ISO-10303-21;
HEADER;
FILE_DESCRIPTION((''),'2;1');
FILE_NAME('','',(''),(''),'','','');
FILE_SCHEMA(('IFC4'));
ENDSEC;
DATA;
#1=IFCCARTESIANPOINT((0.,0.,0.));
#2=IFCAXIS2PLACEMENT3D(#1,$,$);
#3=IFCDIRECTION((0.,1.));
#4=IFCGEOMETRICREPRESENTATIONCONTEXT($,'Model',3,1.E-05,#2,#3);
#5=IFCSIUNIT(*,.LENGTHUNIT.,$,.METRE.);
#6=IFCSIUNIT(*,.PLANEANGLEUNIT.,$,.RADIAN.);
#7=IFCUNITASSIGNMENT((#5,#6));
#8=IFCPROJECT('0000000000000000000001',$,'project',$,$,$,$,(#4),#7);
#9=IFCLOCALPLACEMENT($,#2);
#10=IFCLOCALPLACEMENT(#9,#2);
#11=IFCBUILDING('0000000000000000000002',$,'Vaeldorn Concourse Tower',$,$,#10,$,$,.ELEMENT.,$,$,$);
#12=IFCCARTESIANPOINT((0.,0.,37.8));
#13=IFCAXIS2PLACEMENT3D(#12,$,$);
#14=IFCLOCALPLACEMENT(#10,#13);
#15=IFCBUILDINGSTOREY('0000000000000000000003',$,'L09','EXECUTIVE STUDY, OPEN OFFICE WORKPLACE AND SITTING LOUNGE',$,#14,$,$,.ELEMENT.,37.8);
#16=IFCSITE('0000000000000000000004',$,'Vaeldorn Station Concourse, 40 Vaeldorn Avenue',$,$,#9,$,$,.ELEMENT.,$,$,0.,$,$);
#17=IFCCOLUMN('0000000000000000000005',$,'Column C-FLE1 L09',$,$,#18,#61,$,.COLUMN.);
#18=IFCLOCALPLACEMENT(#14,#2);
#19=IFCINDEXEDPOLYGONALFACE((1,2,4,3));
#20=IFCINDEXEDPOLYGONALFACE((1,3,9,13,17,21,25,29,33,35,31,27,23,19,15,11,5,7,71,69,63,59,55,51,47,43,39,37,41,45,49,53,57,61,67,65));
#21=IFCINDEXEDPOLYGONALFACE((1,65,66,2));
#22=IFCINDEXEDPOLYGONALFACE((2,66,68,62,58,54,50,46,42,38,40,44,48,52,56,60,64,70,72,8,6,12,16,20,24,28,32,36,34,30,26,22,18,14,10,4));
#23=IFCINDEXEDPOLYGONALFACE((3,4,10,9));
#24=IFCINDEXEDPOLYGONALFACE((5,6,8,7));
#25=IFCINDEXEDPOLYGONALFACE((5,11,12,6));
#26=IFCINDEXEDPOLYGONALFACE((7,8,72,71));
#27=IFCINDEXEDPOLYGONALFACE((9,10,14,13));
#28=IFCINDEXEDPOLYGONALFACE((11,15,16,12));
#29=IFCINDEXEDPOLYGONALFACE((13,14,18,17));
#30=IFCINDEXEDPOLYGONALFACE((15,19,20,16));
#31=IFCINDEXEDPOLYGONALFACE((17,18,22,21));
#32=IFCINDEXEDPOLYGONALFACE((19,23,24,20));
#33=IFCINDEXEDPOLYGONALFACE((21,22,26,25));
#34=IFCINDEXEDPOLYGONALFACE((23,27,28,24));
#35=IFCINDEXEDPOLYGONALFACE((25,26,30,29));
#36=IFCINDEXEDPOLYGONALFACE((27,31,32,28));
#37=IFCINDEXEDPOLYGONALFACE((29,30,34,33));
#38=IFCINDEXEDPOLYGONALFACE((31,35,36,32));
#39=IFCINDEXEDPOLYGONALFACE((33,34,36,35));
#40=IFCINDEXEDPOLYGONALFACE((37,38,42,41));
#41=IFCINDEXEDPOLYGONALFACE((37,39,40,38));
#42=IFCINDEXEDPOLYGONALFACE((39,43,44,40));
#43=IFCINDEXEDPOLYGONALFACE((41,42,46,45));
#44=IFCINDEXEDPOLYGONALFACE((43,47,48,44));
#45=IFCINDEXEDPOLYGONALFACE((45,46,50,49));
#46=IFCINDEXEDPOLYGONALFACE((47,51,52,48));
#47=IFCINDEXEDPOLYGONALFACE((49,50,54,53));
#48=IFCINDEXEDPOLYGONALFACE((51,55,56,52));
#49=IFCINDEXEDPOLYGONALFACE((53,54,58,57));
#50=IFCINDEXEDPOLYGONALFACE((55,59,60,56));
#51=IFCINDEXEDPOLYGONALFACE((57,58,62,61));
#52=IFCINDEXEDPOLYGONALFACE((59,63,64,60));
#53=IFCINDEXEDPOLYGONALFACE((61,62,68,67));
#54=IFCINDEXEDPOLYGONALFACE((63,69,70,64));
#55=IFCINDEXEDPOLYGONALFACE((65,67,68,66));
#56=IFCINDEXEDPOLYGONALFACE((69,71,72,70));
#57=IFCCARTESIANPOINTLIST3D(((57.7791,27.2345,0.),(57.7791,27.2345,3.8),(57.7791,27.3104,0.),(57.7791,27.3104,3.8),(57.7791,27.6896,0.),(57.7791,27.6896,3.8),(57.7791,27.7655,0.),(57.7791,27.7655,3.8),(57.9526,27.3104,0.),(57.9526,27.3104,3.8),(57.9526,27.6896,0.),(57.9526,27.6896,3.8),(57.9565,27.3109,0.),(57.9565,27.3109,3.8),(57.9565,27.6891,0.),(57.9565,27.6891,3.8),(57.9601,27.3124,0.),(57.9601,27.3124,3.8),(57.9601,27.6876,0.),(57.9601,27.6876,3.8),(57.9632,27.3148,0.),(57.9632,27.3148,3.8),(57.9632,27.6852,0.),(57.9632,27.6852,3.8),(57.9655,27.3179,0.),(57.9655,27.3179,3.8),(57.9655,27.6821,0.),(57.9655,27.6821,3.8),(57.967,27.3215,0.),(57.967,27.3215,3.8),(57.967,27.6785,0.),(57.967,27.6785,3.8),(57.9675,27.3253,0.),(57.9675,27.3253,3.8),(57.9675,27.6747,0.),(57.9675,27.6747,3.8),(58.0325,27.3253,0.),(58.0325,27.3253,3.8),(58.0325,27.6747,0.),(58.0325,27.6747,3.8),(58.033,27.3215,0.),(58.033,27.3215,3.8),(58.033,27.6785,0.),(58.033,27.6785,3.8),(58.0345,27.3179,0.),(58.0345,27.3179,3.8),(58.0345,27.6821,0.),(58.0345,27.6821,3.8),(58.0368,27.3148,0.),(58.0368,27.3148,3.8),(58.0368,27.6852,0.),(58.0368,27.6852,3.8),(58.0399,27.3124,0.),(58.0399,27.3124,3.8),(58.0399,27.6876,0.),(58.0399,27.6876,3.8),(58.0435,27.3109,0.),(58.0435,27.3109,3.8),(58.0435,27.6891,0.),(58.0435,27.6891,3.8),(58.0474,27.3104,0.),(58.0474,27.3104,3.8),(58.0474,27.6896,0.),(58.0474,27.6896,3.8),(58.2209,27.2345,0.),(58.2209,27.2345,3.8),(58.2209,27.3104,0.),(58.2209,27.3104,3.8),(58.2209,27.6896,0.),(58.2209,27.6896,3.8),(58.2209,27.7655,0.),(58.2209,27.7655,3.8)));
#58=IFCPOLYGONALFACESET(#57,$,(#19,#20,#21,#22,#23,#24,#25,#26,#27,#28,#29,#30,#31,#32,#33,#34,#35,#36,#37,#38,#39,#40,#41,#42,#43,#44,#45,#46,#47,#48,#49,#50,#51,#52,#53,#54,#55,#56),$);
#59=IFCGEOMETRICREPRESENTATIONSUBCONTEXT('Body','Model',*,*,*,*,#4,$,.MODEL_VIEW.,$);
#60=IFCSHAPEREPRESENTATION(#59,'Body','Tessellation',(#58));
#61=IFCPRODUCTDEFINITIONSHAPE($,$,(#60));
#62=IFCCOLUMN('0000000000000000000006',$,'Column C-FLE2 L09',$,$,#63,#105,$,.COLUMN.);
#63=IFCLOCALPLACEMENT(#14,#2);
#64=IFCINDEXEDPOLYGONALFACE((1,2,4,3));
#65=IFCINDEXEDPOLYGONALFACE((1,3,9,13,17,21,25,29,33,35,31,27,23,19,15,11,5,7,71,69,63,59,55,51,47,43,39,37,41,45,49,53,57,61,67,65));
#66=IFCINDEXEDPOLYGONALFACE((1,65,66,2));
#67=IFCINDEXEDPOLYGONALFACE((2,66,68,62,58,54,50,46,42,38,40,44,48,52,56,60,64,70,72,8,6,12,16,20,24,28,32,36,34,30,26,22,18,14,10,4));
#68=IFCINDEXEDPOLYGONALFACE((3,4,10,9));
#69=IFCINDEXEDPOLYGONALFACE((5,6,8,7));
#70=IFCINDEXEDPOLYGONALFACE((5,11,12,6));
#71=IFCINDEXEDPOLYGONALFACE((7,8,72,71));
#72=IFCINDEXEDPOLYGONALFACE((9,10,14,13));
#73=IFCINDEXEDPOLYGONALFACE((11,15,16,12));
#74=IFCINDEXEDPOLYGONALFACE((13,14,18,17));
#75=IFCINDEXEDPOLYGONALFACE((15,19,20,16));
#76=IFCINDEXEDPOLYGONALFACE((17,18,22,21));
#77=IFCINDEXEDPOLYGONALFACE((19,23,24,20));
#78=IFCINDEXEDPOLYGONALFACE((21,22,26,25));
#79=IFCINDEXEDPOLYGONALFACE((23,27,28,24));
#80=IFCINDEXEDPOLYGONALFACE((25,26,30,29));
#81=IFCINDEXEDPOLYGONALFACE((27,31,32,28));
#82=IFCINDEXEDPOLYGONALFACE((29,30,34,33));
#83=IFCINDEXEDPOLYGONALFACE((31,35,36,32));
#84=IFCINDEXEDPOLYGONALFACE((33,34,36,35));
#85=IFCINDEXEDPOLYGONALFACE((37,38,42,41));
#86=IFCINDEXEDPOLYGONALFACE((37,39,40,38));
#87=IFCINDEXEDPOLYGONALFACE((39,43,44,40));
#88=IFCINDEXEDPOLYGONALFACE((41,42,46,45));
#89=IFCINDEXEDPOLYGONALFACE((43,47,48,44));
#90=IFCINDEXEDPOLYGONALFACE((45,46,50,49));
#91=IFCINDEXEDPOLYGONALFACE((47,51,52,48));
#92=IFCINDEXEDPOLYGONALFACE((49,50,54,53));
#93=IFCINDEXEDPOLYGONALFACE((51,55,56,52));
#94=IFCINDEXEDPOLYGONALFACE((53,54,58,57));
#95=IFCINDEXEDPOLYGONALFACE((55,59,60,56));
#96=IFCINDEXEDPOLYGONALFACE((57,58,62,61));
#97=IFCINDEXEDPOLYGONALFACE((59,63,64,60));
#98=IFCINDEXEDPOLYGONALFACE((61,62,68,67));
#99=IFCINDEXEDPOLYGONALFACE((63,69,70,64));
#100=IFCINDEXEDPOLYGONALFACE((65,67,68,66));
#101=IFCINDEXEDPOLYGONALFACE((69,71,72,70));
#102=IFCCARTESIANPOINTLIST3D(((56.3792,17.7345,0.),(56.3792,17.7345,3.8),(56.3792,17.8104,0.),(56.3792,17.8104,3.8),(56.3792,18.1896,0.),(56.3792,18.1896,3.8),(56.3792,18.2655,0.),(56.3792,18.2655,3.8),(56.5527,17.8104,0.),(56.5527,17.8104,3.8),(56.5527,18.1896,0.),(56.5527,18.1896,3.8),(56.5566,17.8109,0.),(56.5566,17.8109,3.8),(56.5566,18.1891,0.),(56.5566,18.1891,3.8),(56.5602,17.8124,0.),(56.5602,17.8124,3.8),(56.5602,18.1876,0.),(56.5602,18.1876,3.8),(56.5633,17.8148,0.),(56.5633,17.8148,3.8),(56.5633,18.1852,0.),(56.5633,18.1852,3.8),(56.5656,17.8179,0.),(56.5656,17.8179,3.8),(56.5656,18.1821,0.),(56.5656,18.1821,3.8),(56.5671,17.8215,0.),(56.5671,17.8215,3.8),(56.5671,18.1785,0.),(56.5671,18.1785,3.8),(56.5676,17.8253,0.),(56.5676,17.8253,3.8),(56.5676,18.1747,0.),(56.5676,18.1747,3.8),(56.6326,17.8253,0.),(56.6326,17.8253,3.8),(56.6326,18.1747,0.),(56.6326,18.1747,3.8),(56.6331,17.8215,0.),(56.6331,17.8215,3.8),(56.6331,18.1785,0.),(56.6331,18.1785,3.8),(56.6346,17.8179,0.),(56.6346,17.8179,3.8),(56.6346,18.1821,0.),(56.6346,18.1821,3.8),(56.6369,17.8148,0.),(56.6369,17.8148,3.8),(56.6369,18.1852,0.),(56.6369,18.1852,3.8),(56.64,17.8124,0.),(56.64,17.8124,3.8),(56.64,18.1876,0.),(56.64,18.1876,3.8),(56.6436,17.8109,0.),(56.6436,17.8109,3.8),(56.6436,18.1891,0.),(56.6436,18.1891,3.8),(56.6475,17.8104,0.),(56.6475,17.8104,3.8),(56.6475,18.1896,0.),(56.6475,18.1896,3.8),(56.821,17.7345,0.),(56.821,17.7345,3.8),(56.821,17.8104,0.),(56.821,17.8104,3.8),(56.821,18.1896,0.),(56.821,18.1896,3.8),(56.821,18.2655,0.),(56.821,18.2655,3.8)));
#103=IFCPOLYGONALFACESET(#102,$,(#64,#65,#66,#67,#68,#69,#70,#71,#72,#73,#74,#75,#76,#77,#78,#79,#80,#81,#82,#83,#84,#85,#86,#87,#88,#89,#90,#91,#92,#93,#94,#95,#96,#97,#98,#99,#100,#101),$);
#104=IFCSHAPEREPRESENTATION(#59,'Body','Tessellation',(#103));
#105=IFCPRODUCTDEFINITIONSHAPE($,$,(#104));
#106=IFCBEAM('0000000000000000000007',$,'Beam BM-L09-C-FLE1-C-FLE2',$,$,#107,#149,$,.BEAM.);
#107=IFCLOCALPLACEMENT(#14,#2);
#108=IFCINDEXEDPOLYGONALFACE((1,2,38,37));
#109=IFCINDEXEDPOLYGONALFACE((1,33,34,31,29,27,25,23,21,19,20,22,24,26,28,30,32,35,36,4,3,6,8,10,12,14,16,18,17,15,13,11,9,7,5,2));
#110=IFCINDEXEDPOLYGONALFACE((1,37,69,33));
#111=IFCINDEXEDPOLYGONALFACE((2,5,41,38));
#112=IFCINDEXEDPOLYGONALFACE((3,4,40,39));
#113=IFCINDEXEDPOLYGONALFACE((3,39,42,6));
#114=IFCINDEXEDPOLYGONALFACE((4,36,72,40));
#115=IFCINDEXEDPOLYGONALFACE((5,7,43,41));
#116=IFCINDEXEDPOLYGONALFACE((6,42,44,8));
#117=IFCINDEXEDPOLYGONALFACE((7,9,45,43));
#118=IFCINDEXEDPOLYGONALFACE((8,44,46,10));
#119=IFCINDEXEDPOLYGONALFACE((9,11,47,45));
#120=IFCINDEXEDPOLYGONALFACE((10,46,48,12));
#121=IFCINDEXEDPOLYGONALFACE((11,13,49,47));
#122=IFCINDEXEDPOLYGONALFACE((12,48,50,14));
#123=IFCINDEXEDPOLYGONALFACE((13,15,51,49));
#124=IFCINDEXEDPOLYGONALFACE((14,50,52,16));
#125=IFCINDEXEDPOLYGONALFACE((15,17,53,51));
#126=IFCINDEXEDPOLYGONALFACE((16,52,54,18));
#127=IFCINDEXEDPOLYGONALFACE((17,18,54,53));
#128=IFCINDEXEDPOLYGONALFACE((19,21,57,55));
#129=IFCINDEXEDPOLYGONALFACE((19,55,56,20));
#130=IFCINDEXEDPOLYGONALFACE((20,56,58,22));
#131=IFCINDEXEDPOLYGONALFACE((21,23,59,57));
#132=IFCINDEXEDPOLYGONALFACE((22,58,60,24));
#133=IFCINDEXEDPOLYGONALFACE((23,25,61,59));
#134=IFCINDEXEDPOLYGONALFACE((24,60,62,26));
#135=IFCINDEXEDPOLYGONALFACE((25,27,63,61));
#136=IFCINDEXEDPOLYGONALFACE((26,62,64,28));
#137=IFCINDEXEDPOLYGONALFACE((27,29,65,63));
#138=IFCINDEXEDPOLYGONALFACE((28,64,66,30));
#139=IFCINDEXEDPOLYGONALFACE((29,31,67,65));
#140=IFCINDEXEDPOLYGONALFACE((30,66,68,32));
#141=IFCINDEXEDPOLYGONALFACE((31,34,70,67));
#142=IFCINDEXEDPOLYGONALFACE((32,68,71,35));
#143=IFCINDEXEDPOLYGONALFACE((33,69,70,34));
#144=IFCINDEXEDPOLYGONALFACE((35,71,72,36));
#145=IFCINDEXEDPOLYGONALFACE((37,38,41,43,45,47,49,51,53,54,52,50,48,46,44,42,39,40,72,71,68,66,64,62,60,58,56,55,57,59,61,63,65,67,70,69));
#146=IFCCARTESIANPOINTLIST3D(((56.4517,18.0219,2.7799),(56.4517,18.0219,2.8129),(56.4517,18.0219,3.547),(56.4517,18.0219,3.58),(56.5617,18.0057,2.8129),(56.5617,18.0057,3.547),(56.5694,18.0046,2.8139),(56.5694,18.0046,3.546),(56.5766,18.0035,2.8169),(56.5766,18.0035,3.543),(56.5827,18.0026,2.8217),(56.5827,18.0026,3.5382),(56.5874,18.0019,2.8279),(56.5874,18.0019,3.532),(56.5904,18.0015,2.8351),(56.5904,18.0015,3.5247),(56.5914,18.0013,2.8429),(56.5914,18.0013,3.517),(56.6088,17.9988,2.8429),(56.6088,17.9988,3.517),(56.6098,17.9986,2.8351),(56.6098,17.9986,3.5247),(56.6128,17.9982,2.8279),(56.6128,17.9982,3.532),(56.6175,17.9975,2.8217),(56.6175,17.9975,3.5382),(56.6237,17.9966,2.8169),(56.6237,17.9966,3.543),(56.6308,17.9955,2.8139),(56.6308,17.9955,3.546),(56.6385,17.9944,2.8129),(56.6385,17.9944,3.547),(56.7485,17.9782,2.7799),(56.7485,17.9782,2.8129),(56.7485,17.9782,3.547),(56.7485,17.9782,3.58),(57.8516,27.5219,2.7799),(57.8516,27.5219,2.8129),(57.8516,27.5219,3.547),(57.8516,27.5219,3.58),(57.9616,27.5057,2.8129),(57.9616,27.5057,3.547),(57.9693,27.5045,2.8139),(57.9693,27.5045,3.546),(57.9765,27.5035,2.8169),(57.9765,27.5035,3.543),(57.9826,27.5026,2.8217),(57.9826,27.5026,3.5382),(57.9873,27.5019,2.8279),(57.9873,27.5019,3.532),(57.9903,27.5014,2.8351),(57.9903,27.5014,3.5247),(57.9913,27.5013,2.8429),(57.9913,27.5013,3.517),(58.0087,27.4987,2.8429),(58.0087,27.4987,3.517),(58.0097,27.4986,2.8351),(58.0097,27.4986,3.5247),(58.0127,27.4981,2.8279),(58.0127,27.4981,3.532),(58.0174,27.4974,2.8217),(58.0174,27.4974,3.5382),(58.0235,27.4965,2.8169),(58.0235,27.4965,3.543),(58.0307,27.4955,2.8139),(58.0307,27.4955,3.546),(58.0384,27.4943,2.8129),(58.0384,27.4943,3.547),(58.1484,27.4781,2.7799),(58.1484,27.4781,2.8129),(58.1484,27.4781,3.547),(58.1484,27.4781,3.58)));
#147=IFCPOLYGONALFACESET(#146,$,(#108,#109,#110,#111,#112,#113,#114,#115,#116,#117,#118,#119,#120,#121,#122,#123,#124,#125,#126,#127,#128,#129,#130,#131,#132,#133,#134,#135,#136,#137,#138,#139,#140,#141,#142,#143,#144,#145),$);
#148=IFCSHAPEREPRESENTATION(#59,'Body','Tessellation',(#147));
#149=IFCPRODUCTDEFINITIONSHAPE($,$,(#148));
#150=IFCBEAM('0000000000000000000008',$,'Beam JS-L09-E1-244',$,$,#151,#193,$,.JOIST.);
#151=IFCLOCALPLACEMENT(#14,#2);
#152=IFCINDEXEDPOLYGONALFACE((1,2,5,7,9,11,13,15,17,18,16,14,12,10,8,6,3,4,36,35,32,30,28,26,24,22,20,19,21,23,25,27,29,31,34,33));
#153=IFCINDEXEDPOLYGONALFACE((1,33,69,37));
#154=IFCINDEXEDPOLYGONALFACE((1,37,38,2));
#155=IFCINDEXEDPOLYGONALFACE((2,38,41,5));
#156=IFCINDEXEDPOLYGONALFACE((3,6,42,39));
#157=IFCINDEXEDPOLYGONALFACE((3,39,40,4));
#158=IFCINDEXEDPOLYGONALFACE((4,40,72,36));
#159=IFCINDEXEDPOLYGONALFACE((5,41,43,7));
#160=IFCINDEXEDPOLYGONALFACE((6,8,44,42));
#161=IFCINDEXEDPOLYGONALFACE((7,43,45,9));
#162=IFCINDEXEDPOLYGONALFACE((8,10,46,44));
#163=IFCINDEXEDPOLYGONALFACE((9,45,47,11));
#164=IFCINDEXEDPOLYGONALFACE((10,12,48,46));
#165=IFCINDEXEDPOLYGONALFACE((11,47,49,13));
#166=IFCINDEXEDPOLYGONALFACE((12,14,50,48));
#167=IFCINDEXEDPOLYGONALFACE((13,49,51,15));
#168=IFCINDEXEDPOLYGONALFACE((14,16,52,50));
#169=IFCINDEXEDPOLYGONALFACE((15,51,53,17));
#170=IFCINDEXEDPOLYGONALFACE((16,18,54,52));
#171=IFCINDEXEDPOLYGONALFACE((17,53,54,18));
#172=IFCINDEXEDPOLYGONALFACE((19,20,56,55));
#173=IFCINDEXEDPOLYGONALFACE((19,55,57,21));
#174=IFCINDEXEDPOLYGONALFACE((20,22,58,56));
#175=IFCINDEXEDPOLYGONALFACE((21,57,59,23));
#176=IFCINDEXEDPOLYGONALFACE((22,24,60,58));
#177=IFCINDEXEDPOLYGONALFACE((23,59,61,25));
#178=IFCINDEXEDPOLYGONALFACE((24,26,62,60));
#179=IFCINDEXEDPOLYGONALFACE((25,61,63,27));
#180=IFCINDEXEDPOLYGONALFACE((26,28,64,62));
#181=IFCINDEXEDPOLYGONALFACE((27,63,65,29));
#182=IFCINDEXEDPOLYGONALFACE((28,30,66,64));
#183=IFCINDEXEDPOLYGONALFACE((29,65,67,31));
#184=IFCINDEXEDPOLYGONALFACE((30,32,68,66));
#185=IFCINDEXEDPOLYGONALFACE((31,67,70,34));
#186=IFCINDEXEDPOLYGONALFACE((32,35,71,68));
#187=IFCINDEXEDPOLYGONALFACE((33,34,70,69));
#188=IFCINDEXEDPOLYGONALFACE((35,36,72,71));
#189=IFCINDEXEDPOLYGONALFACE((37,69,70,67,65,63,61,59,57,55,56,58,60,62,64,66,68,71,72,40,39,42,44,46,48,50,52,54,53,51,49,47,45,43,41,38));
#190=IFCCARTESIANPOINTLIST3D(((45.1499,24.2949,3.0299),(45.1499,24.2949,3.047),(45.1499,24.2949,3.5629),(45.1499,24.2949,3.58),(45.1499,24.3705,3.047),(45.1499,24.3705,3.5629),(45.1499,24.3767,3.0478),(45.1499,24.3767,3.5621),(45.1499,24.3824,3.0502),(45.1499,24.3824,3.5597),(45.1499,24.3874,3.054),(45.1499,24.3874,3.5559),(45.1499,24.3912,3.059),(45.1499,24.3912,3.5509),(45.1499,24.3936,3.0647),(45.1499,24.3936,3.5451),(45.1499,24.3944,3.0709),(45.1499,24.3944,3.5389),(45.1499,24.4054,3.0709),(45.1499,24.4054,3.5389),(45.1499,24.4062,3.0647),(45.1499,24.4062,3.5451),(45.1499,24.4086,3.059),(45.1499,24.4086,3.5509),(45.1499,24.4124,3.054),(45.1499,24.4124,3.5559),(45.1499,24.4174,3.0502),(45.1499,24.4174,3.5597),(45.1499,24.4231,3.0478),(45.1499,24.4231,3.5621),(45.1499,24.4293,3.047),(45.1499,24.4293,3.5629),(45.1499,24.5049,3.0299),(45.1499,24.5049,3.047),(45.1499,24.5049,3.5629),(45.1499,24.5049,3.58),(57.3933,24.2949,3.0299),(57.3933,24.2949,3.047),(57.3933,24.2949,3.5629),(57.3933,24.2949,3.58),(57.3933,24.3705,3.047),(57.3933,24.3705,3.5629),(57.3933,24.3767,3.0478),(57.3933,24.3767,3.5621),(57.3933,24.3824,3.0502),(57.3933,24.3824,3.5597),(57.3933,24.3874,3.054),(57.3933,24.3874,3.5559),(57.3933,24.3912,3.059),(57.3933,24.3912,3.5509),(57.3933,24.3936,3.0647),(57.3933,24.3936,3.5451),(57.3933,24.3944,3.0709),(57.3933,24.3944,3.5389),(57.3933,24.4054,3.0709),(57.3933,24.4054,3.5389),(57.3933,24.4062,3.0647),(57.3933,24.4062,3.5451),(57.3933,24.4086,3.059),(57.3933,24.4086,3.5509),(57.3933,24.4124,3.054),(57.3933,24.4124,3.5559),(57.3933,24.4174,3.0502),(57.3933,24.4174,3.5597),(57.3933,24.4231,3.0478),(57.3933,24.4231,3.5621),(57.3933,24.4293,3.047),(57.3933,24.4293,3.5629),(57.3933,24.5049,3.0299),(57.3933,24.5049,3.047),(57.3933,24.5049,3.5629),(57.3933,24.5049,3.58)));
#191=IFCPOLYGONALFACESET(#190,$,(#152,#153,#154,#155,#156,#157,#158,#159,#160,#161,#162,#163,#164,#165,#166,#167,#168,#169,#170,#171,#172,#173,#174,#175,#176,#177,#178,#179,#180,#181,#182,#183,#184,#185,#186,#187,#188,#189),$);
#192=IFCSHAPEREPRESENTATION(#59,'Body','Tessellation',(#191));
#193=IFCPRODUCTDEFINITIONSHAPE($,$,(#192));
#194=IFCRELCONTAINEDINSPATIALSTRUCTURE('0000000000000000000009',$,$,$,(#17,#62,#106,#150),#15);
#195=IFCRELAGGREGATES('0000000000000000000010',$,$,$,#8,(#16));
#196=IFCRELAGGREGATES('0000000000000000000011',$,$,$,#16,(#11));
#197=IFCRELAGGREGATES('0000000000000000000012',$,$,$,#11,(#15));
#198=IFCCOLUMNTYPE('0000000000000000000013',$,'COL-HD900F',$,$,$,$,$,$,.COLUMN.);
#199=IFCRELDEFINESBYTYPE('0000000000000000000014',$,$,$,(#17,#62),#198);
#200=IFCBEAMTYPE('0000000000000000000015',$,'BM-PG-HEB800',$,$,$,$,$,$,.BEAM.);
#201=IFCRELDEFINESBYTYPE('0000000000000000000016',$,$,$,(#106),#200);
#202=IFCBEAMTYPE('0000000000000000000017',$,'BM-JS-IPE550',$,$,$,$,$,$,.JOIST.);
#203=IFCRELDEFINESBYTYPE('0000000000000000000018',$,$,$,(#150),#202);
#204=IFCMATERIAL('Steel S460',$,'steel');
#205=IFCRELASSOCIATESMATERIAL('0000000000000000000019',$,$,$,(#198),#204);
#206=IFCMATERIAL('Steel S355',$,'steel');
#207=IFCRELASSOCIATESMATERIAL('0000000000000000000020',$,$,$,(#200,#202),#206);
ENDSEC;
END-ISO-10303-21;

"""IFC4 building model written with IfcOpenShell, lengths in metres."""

from ifc_helpers import new_model, si_unit, direction, frame, origin, origin_2d, place, context, subcontext, project, spatial, i_section, extrude, source, transform, mapped, material, material_profile, profile_set, type_object, element, save


model = new_model("IFC4")

# Units and contexts
model_context = context("Model", 3, precision=1e-05, world=origin(), true_north=direction((0.0, 1.0)))
body_context = subcontext(model_context, "Body", "Model", "MODEL_VIEW")
ifc_project = project(units=[si_unit("LENGTHUNIT", "METRE"), si_unit("PLANEANGLEUNIT", "RADIAN")], contexts=[model_context])

# Site, building, storey
site_placement = place(None, origin())
site = spatial("IfcSite", under=ifc_project, at=site_placement, Name="Vaeldorn Station Concourse, 40 Vaeldorn Avenue", CompositionType="ELEMENT", RefElevation=0.0)
building_placement = place(site_placement, origin())
building = spatial("IfcBuilding", under=site, at=building_placement, Name="Vaeldorn Concourse Tower", CompositionType="ELEMENT")
storey_placement = place(building_placement, frame((0.0, 0.0, 37.8)))
storey = spatial("IfcBuildingStorey", under=building, at=storey_placement, Name="L09", Description="EXECUTIVE STUDY, OPEN OFFICE WORKPLACE AND SITTING LOUNGE", CompositionType="ELEMENT", Elevation=37.8)

# Columns
ifc_material_1 = material(Name="Steel S460", Category="steel")
ifc_material_profile_1 = material_profile(ifc_material_1, i_section(OverallWidth=0.4419, OverallDepth=0.531, WebThickness=0.0649, FlangeThickness=0.0759, FilletRadius=0.0149, at=origin_2d()), Name="HD 400x900")
ifc_profile_set_1 = profile_set([ifc_material_profile_1], Name="Steel S460")
column_type = type_object("IfcColumnType", Name="COL-HD900F", PredefinedType="COLUMN", material=ifc_profile_set_1)
shared_shape_1 = source(origin(), body_context, "Body", "SweptSolid", [
    extrude(i_section(OverallWidth=0.4419, OverallDepth=0.531, WebThickness=0.0649, FlangeThickness=0.0759, FilletRadius=0.0149, at=origin_2d()), origin(), (0.0, 0.0, 1.0), 3.8),
])
for number, where, z_axis, x_axis, name in (
    (1, (58.0, 27.5, 0.0), (0.0, 0.0, 1.0), (1.0, 0.0, 0.0), "Column C-FLE1 L09"),
    (2, (56.6001, 18.0, 0.0), (0.0, 0.0, 1.0), (1.0, 0.0, 0.0), "Column C-FLE2 L09"),
):
    element("IfcColumn", number, at=place(storey_placement, frame(where, z_axis=z_axis, x_axis=x_axis)), inside=storey, type_object=column_type, Name=name, PredefinedType="COLUMN", context=body_context, shape_type="MappedRepresentation", body=[
        mapped(shared_shape_1, transform((0.0, 0.0, 0.0), scale=1.0)),
    ])

# Beams
ifc_material_2 = material(Name="Steel S355", Category="steel")
ifc_material_profile_2 = material_profile(ifc_material_2, i_section(OverallWidth=0.3, OverallDepth=0.8, WebThickness=0.0176, FlangeThickness=0.033, FilletRadius=0.03, at=origin_2d()), Name="HEB 800")
ifc_profile_set_2 = profile_set([ifc_material_profile_2], Name="Steel S355")
beam_type_1 = type_object("IfcBeamType", Name="BM-PG-HEB800", PredefinedType="BEAM", material=ifc_profile_set_2)
shared_shape_2 = source(origin(), body_context, "Body", "SweptSolid", [
    extrude(i_section(OverallWidth=0.3, OverallDepth=0.8, WebThickness=0.0176, FlangeThickness=0.033, FilletRadius=0.03, at=origin_2d()), origin(), (0.0, 0.0, 1.0), 9.6025),
])
beam_1_placement = place(storey_placement, frame((58.0, 27.5, 3.1799), z_axis=(-0.145784, -0.989316, 0.0), x_axis=(0.989316, -0.145784, 0.0)))
element("IfcBeam", 3, at=beam_1_placement, inside=storey, type_object=beam_type_1, Name="Beam BM-L09-C-FLE1-C-FLE2", PredefinedType="BEAM", context=body_context, shape_type="MappedRepresentation", body=[
    mapped(shared_shape_2, transform((0.0, 0.0, 0.0), scale=1.0)),
])
ifc_material_profile_3 = material_profile(ifc_material_2, i_section(OverallWidth=0.21, OverallDepth=0.55, WebThickness=0.011, FlangeThickness=0.0171, FilletRadius=0.0239, at=origin_2d()), Name="IPE 550")
ifc_profile_set_3 = profile_set([ifc_material_profile_3], Name="Steel S355")
beam_type_2 = type_object("IfcBeamType", Name="BM-JS-IPE550", PredefinedType="JOIST", material=ifc_profile_set_3)
shared_shape_3 = source(origin(), body_context, "Body", "SweptSolid", [
    extrude(i_section(OverallWidth=0.21, OverallDepth=0.55, WebThickness=0.011, FlangeThickness=0.0171, FilletRadius=0.0239, at=origin_2d()), origin(), (0.0, 0.0, 1.0), 12.2434),
])
beam_2_placement = place(storey_placement, frame((45.1499, 24.3999, 3.3049), z_axis=(1.0, 0.0, 0.0), x_axis=(0.0, 1.0, 0.0)))
element("IfcBeam", 4, at=beam_2_placement, inside=storey, type_object=beam_type_2, Name="Beam JS-L09-E1-244", PredefinedType="JOIST", context=body_context, shape_type="MappedRepresentation", body=[
    mapped(shared_shape_3, transform((0.0, 0.0, 0.0), scale=1.0)),
])

save(model, "model.ifc")
